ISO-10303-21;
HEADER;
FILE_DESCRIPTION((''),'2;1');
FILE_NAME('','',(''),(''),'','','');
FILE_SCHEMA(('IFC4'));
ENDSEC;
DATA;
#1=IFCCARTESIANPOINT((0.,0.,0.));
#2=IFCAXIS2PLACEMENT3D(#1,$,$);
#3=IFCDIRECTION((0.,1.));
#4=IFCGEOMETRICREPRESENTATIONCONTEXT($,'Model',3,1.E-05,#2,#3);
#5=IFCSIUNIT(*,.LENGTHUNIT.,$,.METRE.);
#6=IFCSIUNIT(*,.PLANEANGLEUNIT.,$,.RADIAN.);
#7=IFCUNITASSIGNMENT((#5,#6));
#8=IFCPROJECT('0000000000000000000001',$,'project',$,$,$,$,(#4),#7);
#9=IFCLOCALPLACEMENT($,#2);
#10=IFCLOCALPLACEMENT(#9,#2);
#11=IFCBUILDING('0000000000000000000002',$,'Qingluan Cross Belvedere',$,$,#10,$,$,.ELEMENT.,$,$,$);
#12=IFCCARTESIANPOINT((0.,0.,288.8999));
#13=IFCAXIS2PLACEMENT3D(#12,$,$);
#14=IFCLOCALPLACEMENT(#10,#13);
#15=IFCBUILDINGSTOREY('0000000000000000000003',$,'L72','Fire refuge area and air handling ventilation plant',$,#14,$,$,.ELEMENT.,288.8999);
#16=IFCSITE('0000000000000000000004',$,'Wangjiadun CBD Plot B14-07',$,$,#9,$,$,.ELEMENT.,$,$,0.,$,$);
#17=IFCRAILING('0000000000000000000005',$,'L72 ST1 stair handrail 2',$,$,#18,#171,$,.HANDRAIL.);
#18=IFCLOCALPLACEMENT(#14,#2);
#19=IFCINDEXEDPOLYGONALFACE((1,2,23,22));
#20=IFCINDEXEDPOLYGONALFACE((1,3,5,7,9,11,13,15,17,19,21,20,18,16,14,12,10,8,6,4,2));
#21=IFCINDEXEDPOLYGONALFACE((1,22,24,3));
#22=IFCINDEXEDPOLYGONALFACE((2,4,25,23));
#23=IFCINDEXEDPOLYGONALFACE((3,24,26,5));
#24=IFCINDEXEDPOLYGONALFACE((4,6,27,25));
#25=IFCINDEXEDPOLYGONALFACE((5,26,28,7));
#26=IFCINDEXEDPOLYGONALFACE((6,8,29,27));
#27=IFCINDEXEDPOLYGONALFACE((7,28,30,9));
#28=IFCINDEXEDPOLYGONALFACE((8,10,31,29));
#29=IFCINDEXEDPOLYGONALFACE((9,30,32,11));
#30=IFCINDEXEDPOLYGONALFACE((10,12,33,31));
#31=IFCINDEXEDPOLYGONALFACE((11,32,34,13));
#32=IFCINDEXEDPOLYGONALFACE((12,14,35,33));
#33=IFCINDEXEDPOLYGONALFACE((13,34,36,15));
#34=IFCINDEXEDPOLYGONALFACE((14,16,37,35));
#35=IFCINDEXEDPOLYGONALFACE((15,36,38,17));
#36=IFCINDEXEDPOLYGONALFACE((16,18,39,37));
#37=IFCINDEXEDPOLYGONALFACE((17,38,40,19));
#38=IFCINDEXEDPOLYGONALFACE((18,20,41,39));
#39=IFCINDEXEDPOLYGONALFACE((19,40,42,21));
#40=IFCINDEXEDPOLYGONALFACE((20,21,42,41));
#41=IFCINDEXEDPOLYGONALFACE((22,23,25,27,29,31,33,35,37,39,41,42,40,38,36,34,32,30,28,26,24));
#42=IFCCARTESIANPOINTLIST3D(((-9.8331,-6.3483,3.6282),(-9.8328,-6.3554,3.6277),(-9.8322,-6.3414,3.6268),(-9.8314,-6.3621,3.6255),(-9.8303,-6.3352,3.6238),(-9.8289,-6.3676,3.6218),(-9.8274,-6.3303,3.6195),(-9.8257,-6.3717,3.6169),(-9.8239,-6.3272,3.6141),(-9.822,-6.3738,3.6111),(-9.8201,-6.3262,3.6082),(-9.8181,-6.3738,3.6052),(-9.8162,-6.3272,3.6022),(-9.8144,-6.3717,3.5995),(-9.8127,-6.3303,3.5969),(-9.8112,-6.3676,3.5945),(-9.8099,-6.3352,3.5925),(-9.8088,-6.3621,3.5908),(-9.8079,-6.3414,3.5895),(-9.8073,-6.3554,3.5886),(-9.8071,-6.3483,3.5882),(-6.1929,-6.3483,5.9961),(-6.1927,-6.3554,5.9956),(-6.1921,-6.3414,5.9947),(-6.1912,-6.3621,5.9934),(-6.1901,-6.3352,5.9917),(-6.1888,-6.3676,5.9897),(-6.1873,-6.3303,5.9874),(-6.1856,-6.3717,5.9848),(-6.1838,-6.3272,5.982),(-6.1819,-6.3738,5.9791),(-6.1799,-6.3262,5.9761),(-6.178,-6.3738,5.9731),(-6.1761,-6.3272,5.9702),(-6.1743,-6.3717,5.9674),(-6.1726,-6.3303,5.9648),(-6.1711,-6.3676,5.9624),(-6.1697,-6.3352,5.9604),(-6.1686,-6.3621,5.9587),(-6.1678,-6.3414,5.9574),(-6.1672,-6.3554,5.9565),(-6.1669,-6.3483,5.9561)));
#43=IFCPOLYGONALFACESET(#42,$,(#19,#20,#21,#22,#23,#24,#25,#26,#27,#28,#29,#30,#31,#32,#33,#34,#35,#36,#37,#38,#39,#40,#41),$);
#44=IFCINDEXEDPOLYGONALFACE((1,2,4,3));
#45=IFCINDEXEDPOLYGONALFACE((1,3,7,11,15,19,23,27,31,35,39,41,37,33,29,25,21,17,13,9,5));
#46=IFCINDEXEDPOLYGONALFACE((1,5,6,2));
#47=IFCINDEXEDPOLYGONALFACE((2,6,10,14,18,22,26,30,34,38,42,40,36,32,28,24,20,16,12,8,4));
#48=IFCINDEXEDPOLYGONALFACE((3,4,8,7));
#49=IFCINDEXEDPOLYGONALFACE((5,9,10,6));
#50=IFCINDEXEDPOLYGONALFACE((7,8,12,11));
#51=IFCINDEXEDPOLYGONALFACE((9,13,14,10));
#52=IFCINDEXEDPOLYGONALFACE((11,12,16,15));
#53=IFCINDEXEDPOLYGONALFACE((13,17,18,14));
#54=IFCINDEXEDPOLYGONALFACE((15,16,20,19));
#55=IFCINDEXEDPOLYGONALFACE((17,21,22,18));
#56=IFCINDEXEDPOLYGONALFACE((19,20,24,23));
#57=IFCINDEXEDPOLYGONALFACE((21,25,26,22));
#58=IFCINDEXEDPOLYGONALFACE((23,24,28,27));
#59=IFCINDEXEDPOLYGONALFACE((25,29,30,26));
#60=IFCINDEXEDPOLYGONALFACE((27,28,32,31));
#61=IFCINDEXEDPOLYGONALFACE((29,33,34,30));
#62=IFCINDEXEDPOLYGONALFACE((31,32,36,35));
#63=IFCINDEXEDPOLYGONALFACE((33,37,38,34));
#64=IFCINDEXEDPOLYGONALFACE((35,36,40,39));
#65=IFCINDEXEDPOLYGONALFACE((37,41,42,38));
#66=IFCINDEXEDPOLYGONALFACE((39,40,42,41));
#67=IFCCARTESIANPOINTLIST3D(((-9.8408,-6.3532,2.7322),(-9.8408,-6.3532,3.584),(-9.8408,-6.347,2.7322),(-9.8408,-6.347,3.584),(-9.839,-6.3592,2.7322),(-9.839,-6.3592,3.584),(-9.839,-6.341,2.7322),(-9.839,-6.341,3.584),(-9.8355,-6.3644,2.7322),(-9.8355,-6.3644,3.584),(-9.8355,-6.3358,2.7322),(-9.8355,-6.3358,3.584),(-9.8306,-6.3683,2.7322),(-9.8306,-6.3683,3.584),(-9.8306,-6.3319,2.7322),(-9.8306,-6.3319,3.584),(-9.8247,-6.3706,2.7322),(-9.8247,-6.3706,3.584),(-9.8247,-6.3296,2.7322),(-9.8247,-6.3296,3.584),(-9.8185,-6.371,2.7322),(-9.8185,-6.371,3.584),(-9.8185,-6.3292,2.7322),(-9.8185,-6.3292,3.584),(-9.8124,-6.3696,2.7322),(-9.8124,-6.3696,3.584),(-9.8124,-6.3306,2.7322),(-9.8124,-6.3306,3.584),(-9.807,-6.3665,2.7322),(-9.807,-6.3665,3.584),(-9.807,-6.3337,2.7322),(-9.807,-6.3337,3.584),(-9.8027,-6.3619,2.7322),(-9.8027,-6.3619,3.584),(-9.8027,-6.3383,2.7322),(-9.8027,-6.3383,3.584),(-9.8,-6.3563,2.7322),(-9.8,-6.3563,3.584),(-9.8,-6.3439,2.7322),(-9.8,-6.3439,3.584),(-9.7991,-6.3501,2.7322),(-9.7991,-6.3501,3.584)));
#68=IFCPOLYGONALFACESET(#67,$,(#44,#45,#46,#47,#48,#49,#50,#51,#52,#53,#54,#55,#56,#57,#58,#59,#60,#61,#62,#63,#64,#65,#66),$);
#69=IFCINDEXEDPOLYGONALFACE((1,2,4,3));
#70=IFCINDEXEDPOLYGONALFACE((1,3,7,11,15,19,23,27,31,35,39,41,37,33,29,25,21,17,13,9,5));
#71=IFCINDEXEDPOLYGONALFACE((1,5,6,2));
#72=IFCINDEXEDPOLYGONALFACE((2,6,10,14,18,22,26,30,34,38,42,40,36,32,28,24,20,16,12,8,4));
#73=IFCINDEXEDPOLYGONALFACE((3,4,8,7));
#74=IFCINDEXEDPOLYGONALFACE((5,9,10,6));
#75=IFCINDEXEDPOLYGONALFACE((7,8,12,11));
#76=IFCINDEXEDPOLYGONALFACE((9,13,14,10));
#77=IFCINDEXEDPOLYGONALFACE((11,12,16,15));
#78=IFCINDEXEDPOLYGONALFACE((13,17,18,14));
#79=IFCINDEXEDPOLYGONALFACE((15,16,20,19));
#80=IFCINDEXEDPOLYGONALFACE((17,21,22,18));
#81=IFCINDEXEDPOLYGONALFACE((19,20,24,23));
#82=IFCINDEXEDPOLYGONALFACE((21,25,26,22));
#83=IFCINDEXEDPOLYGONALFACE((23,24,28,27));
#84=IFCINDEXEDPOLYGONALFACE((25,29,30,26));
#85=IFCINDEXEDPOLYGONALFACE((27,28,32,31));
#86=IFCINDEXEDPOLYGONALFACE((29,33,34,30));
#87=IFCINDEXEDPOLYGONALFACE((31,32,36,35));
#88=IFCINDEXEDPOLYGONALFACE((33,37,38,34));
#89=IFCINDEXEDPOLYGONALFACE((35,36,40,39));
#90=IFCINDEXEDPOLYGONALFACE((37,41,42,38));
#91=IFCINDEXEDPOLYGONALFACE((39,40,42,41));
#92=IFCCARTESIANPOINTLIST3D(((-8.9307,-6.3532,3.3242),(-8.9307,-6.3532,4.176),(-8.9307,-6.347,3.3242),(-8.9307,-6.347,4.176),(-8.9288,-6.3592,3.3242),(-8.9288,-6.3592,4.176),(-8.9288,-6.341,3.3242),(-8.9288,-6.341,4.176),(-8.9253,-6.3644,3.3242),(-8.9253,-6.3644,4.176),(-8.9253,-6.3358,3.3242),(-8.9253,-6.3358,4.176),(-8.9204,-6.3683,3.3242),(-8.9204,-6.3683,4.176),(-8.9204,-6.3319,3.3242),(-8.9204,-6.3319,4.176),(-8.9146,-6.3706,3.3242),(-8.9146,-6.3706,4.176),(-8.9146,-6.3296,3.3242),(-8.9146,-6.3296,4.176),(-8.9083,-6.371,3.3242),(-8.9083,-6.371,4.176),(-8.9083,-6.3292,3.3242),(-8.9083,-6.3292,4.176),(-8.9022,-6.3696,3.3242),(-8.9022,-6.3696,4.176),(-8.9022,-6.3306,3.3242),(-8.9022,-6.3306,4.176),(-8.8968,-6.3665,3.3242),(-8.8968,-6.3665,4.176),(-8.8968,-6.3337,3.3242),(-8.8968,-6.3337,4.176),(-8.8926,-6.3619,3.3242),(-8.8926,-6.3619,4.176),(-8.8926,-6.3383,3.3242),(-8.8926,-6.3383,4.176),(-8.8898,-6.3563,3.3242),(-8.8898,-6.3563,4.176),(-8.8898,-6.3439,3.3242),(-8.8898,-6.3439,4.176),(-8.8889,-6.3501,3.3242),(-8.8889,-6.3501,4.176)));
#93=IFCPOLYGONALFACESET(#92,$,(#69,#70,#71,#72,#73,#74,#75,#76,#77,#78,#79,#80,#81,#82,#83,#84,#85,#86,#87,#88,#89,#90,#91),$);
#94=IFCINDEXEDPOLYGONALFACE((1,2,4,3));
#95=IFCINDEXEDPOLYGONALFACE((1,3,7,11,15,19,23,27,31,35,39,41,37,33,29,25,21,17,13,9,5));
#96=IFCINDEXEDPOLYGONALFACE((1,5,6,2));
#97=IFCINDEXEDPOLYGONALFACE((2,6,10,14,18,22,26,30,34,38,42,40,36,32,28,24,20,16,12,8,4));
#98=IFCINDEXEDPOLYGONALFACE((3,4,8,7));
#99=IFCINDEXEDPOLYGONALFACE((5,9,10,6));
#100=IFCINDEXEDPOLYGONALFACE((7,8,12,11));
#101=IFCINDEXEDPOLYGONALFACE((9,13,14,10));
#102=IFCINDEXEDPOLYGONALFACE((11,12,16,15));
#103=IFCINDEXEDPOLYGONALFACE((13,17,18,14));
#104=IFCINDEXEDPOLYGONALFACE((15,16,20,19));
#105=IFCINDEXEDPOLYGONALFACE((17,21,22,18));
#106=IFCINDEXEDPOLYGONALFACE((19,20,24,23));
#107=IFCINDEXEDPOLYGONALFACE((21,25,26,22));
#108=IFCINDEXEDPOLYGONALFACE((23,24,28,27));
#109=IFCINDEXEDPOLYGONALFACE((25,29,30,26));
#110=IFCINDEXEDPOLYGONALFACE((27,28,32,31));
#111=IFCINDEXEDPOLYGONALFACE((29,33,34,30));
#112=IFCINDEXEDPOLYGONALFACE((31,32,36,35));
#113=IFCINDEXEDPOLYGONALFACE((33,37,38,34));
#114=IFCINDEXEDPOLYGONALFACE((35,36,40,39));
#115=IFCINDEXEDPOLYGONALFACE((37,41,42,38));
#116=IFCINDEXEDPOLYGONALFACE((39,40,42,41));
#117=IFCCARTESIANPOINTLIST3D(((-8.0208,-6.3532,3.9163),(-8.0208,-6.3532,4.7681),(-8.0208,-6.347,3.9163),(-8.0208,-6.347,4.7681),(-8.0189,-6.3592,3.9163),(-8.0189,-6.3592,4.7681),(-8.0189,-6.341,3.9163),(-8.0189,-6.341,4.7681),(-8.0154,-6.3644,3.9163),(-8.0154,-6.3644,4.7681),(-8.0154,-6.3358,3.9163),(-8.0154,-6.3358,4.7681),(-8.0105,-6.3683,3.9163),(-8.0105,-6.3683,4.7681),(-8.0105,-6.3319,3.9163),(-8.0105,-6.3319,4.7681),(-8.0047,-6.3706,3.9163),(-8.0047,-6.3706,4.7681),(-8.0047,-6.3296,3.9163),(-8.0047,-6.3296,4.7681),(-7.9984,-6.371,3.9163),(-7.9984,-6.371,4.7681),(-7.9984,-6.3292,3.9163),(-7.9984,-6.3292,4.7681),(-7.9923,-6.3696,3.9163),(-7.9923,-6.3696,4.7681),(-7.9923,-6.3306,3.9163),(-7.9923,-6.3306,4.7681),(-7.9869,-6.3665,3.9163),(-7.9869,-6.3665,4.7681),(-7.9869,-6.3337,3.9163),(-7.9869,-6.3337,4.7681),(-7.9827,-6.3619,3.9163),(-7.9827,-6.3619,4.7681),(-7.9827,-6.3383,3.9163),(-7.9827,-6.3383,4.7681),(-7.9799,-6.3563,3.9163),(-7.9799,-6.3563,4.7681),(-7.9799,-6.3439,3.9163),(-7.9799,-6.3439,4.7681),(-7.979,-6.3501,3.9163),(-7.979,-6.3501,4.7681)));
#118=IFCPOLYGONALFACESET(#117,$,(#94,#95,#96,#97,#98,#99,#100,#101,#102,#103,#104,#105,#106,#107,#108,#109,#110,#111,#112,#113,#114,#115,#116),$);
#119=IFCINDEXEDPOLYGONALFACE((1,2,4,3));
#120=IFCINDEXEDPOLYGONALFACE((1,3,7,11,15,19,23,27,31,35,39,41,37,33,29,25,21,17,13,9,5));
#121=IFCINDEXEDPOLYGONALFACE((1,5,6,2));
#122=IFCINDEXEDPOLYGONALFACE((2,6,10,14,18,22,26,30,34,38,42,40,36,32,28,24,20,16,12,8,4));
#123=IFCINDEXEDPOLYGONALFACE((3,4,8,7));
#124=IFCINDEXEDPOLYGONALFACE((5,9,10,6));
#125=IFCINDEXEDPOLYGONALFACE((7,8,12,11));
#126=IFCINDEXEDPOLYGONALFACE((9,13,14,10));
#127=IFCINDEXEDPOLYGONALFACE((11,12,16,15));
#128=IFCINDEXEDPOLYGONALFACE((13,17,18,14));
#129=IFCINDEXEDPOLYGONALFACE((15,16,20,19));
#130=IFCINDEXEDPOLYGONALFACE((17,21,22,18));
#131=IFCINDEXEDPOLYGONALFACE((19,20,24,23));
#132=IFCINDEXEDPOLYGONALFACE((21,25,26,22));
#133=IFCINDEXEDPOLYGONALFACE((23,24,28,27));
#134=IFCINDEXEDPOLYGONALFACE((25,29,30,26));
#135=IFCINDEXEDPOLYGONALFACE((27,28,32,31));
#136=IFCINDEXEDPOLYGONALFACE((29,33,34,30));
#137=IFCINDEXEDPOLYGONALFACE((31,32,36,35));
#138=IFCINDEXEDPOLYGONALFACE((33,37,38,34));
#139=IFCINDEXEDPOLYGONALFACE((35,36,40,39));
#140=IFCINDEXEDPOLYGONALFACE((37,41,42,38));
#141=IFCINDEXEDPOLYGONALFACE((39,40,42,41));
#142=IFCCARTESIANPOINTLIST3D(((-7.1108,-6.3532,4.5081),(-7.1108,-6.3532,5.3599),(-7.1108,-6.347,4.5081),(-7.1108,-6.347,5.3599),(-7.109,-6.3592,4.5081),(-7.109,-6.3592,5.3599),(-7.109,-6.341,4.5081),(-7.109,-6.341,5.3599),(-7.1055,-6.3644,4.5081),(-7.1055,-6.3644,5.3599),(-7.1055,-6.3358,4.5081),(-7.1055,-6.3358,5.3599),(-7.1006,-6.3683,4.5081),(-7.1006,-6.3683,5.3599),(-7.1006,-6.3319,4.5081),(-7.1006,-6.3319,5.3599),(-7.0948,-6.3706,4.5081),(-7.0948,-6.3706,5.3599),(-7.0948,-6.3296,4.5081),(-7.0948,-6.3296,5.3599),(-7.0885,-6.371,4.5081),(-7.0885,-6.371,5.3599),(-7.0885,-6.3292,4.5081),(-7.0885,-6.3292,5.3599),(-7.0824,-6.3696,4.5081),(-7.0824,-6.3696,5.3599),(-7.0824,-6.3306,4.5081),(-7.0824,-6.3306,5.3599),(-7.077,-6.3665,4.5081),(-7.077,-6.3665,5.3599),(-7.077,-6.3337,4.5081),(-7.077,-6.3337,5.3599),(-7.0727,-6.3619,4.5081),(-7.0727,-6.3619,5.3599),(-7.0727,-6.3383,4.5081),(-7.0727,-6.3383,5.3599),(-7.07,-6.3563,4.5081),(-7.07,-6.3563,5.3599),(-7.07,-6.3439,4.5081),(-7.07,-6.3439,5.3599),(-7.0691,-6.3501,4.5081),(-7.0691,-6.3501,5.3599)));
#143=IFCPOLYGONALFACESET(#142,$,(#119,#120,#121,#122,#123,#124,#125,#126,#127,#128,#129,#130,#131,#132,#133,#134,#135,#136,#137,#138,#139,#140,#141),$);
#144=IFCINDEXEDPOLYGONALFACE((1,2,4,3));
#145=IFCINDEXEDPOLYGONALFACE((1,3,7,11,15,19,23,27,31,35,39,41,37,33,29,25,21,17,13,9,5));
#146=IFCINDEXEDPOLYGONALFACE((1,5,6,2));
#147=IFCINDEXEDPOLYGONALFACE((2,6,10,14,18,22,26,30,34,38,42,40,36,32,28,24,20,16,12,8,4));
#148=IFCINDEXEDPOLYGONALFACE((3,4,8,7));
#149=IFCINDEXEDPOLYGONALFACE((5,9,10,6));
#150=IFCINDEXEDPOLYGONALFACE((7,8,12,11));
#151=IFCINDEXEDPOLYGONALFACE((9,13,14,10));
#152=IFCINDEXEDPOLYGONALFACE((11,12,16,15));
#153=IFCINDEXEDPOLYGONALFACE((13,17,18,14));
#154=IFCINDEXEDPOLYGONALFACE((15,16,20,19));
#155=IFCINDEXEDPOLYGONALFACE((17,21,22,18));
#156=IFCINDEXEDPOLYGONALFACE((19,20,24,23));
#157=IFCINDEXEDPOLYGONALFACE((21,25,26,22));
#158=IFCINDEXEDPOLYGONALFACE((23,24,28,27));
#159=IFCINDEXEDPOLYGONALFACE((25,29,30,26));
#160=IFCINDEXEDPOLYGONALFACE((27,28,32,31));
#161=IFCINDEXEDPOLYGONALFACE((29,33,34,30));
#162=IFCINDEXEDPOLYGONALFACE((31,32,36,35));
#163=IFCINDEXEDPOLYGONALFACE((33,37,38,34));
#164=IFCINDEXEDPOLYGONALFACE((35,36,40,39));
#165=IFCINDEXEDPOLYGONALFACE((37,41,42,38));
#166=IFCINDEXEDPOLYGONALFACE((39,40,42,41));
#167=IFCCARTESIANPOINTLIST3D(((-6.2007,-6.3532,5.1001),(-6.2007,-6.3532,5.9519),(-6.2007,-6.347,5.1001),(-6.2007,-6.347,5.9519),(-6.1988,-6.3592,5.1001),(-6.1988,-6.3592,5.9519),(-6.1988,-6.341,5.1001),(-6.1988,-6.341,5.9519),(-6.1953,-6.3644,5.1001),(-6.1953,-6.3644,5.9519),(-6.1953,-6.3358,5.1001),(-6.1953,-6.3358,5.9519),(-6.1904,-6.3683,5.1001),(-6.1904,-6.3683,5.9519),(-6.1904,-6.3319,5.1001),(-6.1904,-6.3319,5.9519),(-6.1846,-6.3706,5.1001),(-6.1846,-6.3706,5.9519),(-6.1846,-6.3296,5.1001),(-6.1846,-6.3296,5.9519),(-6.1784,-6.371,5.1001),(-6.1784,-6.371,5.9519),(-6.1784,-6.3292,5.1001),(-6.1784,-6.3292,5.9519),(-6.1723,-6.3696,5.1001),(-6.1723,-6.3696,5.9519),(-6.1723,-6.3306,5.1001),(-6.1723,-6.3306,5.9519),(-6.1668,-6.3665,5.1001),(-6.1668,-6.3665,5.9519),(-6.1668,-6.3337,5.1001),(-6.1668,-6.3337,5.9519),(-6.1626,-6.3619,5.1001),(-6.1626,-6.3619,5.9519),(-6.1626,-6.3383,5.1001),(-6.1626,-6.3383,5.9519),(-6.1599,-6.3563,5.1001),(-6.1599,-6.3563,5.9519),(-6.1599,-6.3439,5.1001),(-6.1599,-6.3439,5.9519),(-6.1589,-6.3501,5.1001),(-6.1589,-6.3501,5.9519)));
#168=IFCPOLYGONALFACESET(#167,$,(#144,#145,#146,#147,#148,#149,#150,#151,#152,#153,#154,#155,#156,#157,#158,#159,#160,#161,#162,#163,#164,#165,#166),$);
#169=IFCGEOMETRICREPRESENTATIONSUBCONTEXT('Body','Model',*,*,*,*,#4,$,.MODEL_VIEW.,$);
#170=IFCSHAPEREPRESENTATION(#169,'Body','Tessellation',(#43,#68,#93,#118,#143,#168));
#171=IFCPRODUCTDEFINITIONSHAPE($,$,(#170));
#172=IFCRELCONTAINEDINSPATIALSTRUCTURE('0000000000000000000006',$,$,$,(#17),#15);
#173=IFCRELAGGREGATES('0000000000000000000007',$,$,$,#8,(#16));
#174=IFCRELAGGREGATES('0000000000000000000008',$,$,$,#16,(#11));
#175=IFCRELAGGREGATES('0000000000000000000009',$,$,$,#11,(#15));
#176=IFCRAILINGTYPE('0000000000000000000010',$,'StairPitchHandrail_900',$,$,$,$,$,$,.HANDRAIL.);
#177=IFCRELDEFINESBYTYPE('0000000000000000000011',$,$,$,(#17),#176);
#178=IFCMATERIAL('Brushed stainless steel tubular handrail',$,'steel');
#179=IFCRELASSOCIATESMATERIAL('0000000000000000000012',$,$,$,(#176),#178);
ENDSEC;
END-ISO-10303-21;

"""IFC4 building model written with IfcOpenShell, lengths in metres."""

from ifc_helpers import new_model, si_unit, direction, frame, origin, origin_2d, place, context, subcontext, project, spatial, circle, extrude, material, type_object, element, save


model = new_model("IFC4")

# Units and contexts
model_context = context("Model", 3, precision=1e-05, world=origin(), true_north=direction((0.0, 1.0)))
body_context = subcontext(model_context, "Body", "Model", "MODEL_VIEW")
ifc_project = project(units=[si_unit("LENGTHUNIT", "METRE"), si_unit("PLANEANGLEUNIT", "RADIAN")], contexts=[model_context])

# Site, building, storey
site_placement = place(None, origin())
site = spatial("IfcSite", under=ifc_project, at=site_placement, Name="Wangjiadun CBD Plot B14-07", CompositionType="ELEMENT", RefElevation=0.0)
building_placement = place(site_placement, origin())
building = spatial("IfcBuilding", under=site, at=building_placement, Name="Qingluan Cross Belvedere", CompositionType="ELEMENT")
storey_placement = place(building_placement, frame((0.0, 0.0, 288.8999)))
storey = spatial("IfcBuildingStorey", under=building, at=storey_placement, Name="L72", Description="Fire refuge area and air handling ventilation plant", CompositionType="ELEMENT", Elevation=288.8999)

# Railing
ifc_material_1 = material(Name="Brushed stainless steel tubular handrail", Category="steel")
railing_type_1 = type_object("IfcRailingType", Name="StairPitchHandrail_900", PredefinedType="HANDRAIL", material=ifc_material_1)
railing_1_placement = place(storey_placement, frame((-9.8201, -6.3501, 2.7322)))
element("IfcRailing", 1, at=railing_1_placement, inside=storey, type_object=railing_type_1, Name="L72 ST1 stair handrail 2", PredefinedType="HANDRAIL", context=body_context, shape_type="SweptSolid", body=[
    extrude(circle(Radius=0.0239, at=origin_2d()), frame((0.0, 0.0, 0.876), z_axis=(0.838251, 0.0, 0.545285), x_axis=(0.0, 1.0, 0.0)), (0.0, 0.0, 1.0), 4.3425),
    extrude(circle(Radius=0.021, at=origin_2d()), origin(), (0.0, 0.0, 1.0), 0.8518),
    extrude(circle(Radius=0.021, at=origin_2d()), frame((0.9102, 0.0, 0.592)), (0.0, 0.0, 1.0), 0.8518),
    extrude(circle(Radius=0.021, at=origin_2d()), frame((1.8201, 0.0, 1.1841)), (0.0, 0.0, 1.0), 0.8518),
    extrude(circle(Radius=0.021, at=origin_2d()), frame((2.73, 0.0, 1.7759)), (0.0, 0.0, 1.0), 0.8518),
    extrude(circle(Radius=0.021, at=origin_2d()), frame((3.6401, 0.0, 2.3679)), (0.0, 0.0, 1.0), 0.8518),
])

save(model, "model.ifc")
